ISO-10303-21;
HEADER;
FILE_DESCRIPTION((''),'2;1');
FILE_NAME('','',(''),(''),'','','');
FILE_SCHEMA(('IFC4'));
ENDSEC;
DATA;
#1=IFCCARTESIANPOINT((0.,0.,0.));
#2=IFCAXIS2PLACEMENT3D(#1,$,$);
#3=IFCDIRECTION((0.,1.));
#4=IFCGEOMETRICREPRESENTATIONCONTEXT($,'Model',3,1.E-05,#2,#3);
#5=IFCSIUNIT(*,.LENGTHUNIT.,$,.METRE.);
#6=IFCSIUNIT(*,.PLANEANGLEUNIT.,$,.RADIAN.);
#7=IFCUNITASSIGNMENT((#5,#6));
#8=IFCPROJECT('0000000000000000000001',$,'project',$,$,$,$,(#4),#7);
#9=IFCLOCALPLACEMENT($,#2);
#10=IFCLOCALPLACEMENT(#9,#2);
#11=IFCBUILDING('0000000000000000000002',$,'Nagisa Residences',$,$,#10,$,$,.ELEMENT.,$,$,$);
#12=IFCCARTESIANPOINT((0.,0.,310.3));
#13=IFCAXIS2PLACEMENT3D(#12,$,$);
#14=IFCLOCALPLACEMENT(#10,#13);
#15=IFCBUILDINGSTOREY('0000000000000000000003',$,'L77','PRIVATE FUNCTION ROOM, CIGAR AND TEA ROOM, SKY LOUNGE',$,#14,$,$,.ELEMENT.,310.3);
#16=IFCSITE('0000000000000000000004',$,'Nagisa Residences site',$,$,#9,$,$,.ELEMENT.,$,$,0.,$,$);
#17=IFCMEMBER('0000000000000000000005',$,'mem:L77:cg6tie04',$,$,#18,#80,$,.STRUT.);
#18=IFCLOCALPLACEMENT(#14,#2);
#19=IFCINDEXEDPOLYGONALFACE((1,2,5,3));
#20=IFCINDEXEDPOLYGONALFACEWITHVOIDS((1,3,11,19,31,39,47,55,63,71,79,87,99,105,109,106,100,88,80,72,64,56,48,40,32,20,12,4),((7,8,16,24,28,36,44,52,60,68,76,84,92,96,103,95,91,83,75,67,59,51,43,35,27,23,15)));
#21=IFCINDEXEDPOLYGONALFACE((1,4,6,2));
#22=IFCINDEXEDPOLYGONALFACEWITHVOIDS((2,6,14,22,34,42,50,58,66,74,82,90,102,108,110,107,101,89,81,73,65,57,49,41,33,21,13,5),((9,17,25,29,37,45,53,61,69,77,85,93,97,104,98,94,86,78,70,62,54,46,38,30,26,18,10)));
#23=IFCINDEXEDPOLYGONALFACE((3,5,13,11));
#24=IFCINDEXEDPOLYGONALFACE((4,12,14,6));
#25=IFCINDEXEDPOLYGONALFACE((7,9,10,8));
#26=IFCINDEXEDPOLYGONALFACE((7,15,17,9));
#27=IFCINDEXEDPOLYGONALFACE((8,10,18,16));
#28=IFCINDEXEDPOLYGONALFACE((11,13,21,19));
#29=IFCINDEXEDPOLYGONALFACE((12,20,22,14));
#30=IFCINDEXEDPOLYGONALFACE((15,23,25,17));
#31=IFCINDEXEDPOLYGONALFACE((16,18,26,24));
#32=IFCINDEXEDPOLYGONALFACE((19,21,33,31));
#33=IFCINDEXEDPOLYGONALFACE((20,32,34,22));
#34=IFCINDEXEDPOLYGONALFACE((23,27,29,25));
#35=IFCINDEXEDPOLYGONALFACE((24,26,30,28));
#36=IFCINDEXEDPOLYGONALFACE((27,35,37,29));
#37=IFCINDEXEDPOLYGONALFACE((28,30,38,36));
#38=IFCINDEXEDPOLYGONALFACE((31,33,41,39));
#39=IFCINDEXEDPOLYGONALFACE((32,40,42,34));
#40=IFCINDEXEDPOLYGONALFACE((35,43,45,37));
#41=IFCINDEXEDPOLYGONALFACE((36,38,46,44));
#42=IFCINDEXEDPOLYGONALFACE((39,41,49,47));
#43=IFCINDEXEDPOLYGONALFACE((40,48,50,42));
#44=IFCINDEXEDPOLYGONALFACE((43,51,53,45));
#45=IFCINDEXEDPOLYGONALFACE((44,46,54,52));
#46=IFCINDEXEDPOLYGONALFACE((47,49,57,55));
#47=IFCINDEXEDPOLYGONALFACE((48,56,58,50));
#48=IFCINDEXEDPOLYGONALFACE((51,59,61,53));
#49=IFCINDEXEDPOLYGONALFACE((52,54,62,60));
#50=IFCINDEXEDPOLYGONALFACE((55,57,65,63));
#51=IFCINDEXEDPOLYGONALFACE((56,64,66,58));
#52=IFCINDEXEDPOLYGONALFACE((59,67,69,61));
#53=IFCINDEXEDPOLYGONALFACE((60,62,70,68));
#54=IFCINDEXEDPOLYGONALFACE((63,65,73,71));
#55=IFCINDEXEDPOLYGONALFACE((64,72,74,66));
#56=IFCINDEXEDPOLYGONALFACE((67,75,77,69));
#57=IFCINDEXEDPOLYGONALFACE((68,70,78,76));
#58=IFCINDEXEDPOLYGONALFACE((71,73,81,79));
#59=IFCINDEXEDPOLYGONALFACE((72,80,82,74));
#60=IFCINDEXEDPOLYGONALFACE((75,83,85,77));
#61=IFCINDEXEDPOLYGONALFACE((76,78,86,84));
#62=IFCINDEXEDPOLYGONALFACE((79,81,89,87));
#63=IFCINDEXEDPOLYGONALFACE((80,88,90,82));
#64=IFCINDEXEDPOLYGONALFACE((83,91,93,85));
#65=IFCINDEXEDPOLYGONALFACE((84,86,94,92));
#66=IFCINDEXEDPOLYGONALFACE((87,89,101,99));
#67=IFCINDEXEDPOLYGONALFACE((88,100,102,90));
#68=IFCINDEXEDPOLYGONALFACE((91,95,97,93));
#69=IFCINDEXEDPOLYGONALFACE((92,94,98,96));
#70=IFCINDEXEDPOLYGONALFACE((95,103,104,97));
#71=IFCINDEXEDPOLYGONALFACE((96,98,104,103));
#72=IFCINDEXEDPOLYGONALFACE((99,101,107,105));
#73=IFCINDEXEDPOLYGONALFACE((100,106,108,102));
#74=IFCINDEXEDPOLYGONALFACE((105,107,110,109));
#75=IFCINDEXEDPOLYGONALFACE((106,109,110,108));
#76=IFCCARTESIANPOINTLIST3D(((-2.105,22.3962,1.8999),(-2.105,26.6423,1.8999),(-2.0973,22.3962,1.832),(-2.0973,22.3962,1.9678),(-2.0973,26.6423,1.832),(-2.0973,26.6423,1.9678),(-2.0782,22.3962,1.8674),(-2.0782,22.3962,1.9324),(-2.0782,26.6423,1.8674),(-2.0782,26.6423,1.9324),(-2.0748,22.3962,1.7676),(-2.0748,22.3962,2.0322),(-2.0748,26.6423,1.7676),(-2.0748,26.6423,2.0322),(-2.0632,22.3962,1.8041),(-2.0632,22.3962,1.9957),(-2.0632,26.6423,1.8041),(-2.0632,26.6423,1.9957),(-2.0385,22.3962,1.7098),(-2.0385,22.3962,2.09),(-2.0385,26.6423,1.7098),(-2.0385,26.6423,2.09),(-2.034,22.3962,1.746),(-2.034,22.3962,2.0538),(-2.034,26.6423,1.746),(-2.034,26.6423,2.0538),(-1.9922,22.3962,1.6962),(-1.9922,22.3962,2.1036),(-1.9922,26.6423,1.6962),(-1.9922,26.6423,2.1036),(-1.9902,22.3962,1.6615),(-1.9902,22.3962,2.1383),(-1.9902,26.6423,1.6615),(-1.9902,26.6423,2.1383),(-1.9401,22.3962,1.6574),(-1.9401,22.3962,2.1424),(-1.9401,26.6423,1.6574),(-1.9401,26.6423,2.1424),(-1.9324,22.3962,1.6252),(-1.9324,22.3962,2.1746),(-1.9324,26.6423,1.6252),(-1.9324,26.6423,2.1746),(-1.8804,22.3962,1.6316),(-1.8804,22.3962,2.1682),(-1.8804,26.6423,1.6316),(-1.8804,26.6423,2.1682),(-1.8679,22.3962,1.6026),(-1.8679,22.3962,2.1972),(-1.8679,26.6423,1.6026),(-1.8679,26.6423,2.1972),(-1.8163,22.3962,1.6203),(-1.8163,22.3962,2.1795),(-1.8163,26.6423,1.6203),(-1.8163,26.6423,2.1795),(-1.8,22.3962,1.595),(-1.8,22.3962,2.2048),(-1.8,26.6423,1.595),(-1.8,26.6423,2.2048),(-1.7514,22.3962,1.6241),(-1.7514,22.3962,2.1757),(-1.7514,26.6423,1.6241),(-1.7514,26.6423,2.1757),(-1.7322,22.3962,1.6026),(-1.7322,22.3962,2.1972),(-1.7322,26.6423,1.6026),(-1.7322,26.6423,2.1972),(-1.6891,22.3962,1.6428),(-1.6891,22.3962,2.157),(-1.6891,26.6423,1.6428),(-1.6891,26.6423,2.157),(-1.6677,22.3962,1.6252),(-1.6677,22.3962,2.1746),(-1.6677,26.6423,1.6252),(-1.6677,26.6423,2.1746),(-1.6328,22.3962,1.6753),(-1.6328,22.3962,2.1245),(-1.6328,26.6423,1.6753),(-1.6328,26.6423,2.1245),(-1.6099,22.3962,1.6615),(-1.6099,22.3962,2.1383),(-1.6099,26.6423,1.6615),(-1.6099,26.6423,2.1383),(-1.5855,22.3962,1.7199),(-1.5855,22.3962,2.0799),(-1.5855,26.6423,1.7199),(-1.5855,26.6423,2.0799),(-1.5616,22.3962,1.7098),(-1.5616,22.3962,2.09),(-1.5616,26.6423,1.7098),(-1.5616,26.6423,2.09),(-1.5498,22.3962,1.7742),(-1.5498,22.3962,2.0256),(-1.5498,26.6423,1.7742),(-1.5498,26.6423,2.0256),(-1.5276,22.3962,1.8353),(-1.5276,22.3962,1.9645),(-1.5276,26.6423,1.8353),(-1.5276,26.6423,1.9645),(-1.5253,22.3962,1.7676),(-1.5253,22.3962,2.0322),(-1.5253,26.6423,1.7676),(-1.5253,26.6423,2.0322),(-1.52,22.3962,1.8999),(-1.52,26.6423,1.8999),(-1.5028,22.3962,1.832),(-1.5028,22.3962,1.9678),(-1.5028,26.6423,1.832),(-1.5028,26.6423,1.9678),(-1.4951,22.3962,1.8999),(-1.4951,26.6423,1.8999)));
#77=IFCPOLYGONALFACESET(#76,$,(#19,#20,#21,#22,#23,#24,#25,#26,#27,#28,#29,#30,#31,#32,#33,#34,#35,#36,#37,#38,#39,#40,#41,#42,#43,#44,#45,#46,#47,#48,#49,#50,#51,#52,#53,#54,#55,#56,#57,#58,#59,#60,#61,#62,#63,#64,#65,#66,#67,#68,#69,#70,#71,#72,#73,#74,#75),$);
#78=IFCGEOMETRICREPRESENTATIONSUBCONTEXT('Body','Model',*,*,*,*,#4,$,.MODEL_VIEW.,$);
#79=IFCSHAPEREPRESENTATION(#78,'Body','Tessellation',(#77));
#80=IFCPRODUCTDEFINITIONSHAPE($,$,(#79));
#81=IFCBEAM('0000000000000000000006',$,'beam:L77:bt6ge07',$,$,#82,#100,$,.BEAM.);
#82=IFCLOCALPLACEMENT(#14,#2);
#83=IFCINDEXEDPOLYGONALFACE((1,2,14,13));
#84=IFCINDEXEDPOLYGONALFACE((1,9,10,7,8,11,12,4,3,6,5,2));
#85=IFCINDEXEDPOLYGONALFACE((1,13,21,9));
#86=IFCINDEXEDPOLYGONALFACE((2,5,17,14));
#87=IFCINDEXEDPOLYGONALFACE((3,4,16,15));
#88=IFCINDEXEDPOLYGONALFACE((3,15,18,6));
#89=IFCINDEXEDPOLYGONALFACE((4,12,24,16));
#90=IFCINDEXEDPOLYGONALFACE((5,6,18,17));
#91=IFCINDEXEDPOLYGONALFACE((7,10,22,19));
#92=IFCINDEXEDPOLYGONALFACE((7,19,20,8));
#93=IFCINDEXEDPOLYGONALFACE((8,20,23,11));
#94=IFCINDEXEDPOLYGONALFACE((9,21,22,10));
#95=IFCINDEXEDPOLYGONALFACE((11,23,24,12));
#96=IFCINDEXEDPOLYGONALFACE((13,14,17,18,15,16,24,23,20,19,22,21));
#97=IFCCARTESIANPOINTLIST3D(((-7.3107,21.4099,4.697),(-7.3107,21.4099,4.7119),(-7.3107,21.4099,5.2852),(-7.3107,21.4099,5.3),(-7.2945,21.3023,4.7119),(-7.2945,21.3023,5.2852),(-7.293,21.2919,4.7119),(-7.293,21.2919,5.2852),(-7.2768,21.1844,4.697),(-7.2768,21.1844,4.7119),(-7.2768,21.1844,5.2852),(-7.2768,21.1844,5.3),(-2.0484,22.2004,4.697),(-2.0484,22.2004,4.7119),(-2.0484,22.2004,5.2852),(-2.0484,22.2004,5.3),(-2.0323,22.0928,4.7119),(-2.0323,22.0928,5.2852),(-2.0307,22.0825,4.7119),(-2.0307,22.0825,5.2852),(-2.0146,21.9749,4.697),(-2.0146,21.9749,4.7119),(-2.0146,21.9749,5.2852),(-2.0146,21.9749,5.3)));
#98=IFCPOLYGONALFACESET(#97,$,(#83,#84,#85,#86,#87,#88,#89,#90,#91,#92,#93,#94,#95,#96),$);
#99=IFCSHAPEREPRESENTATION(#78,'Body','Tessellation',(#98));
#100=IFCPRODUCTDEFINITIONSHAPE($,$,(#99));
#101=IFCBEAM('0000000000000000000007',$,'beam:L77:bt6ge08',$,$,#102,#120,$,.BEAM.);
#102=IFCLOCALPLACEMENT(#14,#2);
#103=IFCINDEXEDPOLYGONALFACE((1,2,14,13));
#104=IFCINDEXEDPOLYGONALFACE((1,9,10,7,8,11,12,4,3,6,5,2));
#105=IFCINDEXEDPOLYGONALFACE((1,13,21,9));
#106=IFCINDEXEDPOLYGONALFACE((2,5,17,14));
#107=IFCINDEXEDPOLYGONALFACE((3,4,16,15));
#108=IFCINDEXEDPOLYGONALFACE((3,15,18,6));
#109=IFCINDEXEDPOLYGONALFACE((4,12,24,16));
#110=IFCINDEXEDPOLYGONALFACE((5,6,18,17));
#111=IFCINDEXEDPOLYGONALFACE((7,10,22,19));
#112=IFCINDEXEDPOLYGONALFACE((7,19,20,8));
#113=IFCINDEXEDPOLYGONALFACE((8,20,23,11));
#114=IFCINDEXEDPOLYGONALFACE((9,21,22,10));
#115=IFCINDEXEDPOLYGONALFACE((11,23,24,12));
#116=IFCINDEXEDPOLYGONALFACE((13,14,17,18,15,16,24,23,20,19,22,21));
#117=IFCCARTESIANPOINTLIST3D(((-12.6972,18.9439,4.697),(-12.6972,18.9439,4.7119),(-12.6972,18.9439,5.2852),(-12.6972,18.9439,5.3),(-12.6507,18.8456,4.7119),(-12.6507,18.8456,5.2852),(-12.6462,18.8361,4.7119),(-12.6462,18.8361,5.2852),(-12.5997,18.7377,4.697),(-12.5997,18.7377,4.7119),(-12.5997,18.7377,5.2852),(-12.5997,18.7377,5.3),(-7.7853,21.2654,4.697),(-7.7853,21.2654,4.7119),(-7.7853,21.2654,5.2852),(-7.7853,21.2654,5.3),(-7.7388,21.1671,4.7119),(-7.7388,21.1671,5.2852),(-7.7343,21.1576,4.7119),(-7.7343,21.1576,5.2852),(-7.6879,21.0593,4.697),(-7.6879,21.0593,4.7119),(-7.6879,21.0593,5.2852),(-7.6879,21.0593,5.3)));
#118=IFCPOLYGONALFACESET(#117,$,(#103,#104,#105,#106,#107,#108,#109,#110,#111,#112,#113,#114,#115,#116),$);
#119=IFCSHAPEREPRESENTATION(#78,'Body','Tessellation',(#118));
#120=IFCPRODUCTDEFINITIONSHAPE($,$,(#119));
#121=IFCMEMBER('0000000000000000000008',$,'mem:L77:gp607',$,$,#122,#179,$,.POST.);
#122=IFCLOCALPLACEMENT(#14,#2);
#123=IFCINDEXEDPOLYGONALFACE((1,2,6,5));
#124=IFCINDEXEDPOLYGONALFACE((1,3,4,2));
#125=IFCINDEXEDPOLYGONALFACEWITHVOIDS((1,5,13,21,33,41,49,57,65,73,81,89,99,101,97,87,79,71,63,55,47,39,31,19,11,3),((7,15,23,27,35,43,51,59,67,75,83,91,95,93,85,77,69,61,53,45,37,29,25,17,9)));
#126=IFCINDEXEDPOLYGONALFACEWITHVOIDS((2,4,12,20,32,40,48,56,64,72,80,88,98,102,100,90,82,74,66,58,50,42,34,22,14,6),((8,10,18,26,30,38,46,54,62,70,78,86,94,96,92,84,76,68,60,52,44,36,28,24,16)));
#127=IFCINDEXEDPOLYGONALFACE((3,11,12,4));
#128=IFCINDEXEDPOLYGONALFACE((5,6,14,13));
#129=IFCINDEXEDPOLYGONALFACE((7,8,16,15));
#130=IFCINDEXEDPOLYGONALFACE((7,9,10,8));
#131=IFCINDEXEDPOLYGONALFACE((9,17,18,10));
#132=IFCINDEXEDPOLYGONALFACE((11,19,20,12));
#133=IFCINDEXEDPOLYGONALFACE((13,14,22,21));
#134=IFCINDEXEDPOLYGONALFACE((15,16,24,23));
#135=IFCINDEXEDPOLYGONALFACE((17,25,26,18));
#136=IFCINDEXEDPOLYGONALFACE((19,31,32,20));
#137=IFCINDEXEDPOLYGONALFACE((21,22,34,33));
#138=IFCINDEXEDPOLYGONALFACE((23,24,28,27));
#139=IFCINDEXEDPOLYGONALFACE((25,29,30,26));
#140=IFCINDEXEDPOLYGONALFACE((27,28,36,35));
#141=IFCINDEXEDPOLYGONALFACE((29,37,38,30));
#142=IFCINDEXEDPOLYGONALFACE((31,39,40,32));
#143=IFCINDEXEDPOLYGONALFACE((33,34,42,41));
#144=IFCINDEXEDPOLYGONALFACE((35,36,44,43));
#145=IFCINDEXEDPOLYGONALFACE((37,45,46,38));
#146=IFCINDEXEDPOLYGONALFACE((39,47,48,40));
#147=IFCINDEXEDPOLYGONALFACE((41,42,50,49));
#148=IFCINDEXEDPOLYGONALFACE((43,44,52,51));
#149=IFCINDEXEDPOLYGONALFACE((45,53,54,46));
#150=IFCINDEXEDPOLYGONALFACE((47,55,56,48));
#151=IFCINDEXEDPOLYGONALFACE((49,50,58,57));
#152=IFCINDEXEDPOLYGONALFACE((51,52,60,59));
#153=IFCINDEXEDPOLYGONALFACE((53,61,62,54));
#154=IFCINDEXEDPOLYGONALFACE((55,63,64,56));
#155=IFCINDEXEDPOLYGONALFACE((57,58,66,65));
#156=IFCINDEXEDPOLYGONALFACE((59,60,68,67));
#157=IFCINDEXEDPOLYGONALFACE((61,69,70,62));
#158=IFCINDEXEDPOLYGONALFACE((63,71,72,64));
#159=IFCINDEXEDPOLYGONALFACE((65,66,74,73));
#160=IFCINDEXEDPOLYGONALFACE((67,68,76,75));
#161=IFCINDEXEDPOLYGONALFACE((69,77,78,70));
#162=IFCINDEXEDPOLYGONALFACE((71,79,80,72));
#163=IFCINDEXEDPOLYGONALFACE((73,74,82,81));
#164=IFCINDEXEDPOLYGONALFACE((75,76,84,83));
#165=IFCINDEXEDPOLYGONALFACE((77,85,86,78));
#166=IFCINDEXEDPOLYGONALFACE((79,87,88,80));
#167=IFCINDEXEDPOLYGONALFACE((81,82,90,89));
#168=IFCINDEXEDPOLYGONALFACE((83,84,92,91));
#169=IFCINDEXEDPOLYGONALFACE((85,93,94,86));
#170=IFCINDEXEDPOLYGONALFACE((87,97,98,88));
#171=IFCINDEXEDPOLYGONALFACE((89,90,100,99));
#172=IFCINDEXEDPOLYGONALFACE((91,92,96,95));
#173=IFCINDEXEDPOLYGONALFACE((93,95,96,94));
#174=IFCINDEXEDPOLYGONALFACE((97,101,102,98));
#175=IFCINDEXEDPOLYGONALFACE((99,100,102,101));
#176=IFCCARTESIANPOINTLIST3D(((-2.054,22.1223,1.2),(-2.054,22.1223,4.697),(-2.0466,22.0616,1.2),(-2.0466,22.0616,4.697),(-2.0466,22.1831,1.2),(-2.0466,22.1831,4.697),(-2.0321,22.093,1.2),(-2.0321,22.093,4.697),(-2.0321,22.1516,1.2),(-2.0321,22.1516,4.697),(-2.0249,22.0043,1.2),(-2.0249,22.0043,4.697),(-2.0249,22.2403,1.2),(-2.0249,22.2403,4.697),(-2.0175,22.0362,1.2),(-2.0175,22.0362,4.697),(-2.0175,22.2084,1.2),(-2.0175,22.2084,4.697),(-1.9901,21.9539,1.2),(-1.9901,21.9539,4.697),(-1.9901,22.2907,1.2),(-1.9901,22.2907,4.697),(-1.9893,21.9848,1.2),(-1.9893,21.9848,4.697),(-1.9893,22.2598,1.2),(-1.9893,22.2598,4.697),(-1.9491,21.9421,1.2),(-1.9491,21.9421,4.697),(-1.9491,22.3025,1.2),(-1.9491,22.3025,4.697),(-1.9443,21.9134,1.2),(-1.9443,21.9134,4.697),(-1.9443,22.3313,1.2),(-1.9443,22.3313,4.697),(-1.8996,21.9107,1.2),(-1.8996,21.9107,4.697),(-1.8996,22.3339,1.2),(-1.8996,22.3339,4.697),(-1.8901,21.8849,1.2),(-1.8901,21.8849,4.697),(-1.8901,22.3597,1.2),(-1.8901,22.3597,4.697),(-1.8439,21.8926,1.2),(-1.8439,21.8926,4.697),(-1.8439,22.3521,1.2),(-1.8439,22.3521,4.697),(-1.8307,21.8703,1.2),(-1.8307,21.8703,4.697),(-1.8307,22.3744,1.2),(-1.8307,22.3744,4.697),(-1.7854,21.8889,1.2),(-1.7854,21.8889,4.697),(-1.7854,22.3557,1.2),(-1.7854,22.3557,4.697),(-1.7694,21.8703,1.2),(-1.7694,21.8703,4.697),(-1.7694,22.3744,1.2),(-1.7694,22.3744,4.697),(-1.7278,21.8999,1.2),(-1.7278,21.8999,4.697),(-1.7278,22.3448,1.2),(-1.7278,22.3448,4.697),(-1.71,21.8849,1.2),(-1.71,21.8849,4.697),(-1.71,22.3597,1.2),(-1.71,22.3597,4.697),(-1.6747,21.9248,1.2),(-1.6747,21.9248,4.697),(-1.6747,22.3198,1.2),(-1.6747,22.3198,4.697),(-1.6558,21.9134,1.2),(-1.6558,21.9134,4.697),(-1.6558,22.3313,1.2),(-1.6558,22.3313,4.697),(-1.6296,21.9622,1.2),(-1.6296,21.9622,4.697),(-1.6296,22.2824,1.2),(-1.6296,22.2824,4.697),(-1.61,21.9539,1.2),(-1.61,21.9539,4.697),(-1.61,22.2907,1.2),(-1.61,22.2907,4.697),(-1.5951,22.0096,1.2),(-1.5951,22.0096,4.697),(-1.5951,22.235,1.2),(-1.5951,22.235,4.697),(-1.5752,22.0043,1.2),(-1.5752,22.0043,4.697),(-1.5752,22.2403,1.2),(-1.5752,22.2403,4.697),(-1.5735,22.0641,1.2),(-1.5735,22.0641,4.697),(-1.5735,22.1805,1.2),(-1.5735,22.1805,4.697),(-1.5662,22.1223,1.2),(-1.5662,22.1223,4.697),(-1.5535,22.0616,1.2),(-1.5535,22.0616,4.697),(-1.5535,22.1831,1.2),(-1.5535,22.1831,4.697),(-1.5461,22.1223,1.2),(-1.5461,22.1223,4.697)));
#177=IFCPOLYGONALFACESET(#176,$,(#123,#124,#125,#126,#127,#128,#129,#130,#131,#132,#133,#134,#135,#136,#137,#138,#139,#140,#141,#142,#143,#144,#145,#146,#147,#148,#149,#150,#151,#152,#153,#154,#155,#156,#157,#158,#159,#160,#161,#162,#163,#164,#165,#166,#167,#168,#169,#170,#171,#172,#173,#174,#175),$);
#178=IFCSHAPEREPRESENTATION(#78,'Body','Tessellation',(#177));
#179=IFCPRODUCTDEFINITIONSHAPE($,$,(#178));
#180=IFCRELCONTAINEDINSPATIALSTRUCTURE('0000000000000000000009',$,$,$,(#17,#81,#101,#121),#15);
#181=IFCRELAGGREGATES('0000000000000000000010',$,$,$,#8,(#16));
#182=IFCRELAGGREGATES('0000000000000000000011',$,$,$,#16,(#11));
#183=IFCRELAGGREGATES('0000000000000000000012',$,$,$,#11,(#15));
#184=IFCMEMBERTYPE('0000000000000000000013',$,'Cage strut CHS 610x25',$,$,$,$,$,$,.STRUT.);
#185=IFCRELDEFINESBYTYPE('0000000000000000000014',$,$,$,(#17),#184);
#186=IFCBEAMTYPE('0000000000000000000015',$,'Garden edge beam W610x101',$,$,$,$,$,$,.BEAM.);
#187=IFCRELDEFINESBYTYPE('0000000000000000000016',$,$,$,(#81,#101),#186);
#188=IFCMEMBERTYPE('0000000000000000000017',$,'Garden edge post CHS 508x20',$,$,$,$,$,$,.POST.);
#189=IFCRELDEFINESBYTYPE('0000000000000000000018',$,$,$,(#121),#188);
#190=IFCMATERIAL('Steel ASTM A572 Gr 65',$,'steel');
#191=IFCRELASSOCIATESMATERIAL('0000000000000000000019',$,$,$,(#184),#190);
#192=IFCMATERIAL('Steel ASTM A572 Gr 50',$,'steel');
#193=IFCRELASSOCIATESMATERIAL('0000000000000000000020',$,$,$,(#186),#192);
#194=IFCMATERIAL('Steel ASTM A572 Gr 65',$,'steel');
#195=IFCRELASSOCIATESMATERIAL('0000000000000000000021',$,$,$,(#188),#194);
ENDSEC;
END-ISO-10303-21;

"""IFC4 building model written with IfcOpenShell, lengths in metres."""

from ifc_helpers import new_model, si_unit, direction, frame, origin, origin_2d, place, context, subcontext, project, spatial, hollow_circle, i_section, extrude, material, material_profile, profile_set, type_object, element, save


model = new_model("IFC4")

# Units and contexts
model_context = context("Model", 3, precision=1e-05, world=origin(), true_north=direction((0.0, 1.0)))
body_context = subcontext(model_context, "Body", "Model", "MODEL_VIEW")
ifc_project = project(units=[si_unit("LENGTHUNIT", "METRE"), si_unit("PLANEANGLEUNIT", "RADIAN")], contexts=[model_context])

# Site, building, storey
site_placement = place(None, origin())
site = spatial("IfcSite", under=ifc_project, at=site_placement, Name="Nagisa Residences site", CompositionType="ELEMENT", RefElevation=0.0)
building_placement = place(site_placement, origin())
building = spatial("IfcBuilding", under=site, at=building_placement, Name="Nagisa Residences", CompositionType="ELEMENT")
storey_placement = place(building_placement, frame((0.0, 0.0, 310.3)))
storey = spatial("IfcBuildingStorey", under=building, at=storey_placement, Name="L77", Description="PRIVATE FUNCTION ROOM, CIGAR AND TEA ROOM, SKY LOUNGE", CompositionType="ELEMENT", Elevation=310.3)

# Member
ifc_material_1 = material(Name="Steel ASTM A572 Gr 65", Category="steel")
ifc_material_profile_1 = material_profile(ifc_material_1, hollow_circle(Radius=0.3049, WallThickness=0.0249, at=origin_2d()), Name="CHS 610x25")
ifc_profile_set_1 = profile_set([ifc_material_profile_1], Name="Steel ASTM A572 Gr 65")
member_type_1 = type_object("IfcMemberType", Name="Cage strut CHS 610x25", PredefinedType="STRUT", material=ifc_profile_set_1)
member_1_placement = place(storey_placement, frame((-1.8, 26.6423, 1.8999), z_axis=(0.0, -1.0, 0.0), x_axis=(1.0, 0.0, 0.0)))
element("IfcMember", 1, at=member_1_placement, inside=storey, type_object=member_type_1, Name="mem:L77:cg6tie04", PredefinedType="STRUT", context=body_context, shape_type="SweptSolid", body=[
    extrude(hollow_circle(Radius=0.3049, WallThickness=0.0249, at=origin_2d()), origin(), (0.0, 0.0, 1.0), 4.2461),
])

# Beams
ifc_material_2 = material(Name="Steel ASTM A572 Gr 50", Category="steel")
ifc_material_profile_2 = material_profile(ifc_material_2, i_section(OverallWidth=0.228, OverallDepth=0.603, WebThickness=0.0105, FlangeThickness=0.0149, at=origin_2d()), Name="W610x101")
ifc_profile_set_2 = profile_set([ifc_material_profile_2], Name="Steel ASTM A572 Gr 50")
beam_type_1 = type_object("IfcBeamType", Name="Garden edge beam W610x101", PredefinedType="BEAM", material=ifc_profile_set_2)
beam_1_placement = place(storey_placement, frame((-2.0315, 22.0876, 4.9985), z_axis=(-0.988903, -0.14856, 0.0), x_axis=(0.14856, -0.988903, 0.0)))
element("IfcBeam", 2, at=beam_1_placement, inside=storey, type_object=beam_type_1, Name="beam:L77:bt6ge07", PredefinedType="BEAM", context=body_context, shape_type="SweptSolid", body=[
    extrude(i_section(OverallWidth=0.228, OverallDepth=0.603, WebThickness=0.0105, FlangeThickness=0.0149, at=origin_2d()), origin(), (0.0, 0.0, 1.0), 5.3213),
])
beam_2_placement = place(storey_placement, frame((-7.7366, 21.1624, 4.9985), z_axis=(-0.904104, -0.427314, 0.0), x_axis=(0.427314, -0.904104, 0.0)))
element("IfcBeam", 3, at=beam_2_placement, inside=storey, type_object=beam_type_1, Name="beam:L77:bt6ge08", PredefinedType="BEAM", context=body_context, shape_type="SweptSolid", body=[
    extrude(i_section(OverallWidth=0.228, OverallDepth=0.603, WebThickness=0.0105, FlangeThickness=0.0149, at=origin_2d()), origin(), (0.0, 0.0, 1.0), 5.4329),
])

# Member
ifc_material_3 = material(Name="Steel ASTM A572 Gr 65", Category="steel")
ifc_material_profile_3 = material_profile(ifc_material_3, hollow_circle(Radius=0.2539, WallThickness=0.02, at=origin_2d()), Name="CHS 508x20")
ifc_profile_set_3 = profile_set([ifc_material_profile_3], Name="Steel ASTM A572 Gr 65")
member_type_2 = type_object("IfcMemberType", Name="Garden edge post CHS 508x20", PredefinedType="POST", material=ifc_profile_set_3)
for number, where, z_axis, x_axis, name in (
    (4, (-1.8, 22.1223, 1.2), (0.0, 0.0, 1.0), (1.0, 0.0, 0.0), "mem:L77:gp607"),
):
    element("IfcMember", number, at=place(storey_placement, frame(where, z_axis=z_axis, x_axis=x_axis)), inside=storey, type_object=member_type_2, Name=name, PredefinedType="POST", context=body_context, shape_type="SweptSolid", body=[
        extrude(hollow_circle(Radius=0.2539, WallThickness=0.02, at=origin_2d()), origin(), (0.0, 0.0, 1.0), 3.4971),
    ])

save(model, "model.ifc")
